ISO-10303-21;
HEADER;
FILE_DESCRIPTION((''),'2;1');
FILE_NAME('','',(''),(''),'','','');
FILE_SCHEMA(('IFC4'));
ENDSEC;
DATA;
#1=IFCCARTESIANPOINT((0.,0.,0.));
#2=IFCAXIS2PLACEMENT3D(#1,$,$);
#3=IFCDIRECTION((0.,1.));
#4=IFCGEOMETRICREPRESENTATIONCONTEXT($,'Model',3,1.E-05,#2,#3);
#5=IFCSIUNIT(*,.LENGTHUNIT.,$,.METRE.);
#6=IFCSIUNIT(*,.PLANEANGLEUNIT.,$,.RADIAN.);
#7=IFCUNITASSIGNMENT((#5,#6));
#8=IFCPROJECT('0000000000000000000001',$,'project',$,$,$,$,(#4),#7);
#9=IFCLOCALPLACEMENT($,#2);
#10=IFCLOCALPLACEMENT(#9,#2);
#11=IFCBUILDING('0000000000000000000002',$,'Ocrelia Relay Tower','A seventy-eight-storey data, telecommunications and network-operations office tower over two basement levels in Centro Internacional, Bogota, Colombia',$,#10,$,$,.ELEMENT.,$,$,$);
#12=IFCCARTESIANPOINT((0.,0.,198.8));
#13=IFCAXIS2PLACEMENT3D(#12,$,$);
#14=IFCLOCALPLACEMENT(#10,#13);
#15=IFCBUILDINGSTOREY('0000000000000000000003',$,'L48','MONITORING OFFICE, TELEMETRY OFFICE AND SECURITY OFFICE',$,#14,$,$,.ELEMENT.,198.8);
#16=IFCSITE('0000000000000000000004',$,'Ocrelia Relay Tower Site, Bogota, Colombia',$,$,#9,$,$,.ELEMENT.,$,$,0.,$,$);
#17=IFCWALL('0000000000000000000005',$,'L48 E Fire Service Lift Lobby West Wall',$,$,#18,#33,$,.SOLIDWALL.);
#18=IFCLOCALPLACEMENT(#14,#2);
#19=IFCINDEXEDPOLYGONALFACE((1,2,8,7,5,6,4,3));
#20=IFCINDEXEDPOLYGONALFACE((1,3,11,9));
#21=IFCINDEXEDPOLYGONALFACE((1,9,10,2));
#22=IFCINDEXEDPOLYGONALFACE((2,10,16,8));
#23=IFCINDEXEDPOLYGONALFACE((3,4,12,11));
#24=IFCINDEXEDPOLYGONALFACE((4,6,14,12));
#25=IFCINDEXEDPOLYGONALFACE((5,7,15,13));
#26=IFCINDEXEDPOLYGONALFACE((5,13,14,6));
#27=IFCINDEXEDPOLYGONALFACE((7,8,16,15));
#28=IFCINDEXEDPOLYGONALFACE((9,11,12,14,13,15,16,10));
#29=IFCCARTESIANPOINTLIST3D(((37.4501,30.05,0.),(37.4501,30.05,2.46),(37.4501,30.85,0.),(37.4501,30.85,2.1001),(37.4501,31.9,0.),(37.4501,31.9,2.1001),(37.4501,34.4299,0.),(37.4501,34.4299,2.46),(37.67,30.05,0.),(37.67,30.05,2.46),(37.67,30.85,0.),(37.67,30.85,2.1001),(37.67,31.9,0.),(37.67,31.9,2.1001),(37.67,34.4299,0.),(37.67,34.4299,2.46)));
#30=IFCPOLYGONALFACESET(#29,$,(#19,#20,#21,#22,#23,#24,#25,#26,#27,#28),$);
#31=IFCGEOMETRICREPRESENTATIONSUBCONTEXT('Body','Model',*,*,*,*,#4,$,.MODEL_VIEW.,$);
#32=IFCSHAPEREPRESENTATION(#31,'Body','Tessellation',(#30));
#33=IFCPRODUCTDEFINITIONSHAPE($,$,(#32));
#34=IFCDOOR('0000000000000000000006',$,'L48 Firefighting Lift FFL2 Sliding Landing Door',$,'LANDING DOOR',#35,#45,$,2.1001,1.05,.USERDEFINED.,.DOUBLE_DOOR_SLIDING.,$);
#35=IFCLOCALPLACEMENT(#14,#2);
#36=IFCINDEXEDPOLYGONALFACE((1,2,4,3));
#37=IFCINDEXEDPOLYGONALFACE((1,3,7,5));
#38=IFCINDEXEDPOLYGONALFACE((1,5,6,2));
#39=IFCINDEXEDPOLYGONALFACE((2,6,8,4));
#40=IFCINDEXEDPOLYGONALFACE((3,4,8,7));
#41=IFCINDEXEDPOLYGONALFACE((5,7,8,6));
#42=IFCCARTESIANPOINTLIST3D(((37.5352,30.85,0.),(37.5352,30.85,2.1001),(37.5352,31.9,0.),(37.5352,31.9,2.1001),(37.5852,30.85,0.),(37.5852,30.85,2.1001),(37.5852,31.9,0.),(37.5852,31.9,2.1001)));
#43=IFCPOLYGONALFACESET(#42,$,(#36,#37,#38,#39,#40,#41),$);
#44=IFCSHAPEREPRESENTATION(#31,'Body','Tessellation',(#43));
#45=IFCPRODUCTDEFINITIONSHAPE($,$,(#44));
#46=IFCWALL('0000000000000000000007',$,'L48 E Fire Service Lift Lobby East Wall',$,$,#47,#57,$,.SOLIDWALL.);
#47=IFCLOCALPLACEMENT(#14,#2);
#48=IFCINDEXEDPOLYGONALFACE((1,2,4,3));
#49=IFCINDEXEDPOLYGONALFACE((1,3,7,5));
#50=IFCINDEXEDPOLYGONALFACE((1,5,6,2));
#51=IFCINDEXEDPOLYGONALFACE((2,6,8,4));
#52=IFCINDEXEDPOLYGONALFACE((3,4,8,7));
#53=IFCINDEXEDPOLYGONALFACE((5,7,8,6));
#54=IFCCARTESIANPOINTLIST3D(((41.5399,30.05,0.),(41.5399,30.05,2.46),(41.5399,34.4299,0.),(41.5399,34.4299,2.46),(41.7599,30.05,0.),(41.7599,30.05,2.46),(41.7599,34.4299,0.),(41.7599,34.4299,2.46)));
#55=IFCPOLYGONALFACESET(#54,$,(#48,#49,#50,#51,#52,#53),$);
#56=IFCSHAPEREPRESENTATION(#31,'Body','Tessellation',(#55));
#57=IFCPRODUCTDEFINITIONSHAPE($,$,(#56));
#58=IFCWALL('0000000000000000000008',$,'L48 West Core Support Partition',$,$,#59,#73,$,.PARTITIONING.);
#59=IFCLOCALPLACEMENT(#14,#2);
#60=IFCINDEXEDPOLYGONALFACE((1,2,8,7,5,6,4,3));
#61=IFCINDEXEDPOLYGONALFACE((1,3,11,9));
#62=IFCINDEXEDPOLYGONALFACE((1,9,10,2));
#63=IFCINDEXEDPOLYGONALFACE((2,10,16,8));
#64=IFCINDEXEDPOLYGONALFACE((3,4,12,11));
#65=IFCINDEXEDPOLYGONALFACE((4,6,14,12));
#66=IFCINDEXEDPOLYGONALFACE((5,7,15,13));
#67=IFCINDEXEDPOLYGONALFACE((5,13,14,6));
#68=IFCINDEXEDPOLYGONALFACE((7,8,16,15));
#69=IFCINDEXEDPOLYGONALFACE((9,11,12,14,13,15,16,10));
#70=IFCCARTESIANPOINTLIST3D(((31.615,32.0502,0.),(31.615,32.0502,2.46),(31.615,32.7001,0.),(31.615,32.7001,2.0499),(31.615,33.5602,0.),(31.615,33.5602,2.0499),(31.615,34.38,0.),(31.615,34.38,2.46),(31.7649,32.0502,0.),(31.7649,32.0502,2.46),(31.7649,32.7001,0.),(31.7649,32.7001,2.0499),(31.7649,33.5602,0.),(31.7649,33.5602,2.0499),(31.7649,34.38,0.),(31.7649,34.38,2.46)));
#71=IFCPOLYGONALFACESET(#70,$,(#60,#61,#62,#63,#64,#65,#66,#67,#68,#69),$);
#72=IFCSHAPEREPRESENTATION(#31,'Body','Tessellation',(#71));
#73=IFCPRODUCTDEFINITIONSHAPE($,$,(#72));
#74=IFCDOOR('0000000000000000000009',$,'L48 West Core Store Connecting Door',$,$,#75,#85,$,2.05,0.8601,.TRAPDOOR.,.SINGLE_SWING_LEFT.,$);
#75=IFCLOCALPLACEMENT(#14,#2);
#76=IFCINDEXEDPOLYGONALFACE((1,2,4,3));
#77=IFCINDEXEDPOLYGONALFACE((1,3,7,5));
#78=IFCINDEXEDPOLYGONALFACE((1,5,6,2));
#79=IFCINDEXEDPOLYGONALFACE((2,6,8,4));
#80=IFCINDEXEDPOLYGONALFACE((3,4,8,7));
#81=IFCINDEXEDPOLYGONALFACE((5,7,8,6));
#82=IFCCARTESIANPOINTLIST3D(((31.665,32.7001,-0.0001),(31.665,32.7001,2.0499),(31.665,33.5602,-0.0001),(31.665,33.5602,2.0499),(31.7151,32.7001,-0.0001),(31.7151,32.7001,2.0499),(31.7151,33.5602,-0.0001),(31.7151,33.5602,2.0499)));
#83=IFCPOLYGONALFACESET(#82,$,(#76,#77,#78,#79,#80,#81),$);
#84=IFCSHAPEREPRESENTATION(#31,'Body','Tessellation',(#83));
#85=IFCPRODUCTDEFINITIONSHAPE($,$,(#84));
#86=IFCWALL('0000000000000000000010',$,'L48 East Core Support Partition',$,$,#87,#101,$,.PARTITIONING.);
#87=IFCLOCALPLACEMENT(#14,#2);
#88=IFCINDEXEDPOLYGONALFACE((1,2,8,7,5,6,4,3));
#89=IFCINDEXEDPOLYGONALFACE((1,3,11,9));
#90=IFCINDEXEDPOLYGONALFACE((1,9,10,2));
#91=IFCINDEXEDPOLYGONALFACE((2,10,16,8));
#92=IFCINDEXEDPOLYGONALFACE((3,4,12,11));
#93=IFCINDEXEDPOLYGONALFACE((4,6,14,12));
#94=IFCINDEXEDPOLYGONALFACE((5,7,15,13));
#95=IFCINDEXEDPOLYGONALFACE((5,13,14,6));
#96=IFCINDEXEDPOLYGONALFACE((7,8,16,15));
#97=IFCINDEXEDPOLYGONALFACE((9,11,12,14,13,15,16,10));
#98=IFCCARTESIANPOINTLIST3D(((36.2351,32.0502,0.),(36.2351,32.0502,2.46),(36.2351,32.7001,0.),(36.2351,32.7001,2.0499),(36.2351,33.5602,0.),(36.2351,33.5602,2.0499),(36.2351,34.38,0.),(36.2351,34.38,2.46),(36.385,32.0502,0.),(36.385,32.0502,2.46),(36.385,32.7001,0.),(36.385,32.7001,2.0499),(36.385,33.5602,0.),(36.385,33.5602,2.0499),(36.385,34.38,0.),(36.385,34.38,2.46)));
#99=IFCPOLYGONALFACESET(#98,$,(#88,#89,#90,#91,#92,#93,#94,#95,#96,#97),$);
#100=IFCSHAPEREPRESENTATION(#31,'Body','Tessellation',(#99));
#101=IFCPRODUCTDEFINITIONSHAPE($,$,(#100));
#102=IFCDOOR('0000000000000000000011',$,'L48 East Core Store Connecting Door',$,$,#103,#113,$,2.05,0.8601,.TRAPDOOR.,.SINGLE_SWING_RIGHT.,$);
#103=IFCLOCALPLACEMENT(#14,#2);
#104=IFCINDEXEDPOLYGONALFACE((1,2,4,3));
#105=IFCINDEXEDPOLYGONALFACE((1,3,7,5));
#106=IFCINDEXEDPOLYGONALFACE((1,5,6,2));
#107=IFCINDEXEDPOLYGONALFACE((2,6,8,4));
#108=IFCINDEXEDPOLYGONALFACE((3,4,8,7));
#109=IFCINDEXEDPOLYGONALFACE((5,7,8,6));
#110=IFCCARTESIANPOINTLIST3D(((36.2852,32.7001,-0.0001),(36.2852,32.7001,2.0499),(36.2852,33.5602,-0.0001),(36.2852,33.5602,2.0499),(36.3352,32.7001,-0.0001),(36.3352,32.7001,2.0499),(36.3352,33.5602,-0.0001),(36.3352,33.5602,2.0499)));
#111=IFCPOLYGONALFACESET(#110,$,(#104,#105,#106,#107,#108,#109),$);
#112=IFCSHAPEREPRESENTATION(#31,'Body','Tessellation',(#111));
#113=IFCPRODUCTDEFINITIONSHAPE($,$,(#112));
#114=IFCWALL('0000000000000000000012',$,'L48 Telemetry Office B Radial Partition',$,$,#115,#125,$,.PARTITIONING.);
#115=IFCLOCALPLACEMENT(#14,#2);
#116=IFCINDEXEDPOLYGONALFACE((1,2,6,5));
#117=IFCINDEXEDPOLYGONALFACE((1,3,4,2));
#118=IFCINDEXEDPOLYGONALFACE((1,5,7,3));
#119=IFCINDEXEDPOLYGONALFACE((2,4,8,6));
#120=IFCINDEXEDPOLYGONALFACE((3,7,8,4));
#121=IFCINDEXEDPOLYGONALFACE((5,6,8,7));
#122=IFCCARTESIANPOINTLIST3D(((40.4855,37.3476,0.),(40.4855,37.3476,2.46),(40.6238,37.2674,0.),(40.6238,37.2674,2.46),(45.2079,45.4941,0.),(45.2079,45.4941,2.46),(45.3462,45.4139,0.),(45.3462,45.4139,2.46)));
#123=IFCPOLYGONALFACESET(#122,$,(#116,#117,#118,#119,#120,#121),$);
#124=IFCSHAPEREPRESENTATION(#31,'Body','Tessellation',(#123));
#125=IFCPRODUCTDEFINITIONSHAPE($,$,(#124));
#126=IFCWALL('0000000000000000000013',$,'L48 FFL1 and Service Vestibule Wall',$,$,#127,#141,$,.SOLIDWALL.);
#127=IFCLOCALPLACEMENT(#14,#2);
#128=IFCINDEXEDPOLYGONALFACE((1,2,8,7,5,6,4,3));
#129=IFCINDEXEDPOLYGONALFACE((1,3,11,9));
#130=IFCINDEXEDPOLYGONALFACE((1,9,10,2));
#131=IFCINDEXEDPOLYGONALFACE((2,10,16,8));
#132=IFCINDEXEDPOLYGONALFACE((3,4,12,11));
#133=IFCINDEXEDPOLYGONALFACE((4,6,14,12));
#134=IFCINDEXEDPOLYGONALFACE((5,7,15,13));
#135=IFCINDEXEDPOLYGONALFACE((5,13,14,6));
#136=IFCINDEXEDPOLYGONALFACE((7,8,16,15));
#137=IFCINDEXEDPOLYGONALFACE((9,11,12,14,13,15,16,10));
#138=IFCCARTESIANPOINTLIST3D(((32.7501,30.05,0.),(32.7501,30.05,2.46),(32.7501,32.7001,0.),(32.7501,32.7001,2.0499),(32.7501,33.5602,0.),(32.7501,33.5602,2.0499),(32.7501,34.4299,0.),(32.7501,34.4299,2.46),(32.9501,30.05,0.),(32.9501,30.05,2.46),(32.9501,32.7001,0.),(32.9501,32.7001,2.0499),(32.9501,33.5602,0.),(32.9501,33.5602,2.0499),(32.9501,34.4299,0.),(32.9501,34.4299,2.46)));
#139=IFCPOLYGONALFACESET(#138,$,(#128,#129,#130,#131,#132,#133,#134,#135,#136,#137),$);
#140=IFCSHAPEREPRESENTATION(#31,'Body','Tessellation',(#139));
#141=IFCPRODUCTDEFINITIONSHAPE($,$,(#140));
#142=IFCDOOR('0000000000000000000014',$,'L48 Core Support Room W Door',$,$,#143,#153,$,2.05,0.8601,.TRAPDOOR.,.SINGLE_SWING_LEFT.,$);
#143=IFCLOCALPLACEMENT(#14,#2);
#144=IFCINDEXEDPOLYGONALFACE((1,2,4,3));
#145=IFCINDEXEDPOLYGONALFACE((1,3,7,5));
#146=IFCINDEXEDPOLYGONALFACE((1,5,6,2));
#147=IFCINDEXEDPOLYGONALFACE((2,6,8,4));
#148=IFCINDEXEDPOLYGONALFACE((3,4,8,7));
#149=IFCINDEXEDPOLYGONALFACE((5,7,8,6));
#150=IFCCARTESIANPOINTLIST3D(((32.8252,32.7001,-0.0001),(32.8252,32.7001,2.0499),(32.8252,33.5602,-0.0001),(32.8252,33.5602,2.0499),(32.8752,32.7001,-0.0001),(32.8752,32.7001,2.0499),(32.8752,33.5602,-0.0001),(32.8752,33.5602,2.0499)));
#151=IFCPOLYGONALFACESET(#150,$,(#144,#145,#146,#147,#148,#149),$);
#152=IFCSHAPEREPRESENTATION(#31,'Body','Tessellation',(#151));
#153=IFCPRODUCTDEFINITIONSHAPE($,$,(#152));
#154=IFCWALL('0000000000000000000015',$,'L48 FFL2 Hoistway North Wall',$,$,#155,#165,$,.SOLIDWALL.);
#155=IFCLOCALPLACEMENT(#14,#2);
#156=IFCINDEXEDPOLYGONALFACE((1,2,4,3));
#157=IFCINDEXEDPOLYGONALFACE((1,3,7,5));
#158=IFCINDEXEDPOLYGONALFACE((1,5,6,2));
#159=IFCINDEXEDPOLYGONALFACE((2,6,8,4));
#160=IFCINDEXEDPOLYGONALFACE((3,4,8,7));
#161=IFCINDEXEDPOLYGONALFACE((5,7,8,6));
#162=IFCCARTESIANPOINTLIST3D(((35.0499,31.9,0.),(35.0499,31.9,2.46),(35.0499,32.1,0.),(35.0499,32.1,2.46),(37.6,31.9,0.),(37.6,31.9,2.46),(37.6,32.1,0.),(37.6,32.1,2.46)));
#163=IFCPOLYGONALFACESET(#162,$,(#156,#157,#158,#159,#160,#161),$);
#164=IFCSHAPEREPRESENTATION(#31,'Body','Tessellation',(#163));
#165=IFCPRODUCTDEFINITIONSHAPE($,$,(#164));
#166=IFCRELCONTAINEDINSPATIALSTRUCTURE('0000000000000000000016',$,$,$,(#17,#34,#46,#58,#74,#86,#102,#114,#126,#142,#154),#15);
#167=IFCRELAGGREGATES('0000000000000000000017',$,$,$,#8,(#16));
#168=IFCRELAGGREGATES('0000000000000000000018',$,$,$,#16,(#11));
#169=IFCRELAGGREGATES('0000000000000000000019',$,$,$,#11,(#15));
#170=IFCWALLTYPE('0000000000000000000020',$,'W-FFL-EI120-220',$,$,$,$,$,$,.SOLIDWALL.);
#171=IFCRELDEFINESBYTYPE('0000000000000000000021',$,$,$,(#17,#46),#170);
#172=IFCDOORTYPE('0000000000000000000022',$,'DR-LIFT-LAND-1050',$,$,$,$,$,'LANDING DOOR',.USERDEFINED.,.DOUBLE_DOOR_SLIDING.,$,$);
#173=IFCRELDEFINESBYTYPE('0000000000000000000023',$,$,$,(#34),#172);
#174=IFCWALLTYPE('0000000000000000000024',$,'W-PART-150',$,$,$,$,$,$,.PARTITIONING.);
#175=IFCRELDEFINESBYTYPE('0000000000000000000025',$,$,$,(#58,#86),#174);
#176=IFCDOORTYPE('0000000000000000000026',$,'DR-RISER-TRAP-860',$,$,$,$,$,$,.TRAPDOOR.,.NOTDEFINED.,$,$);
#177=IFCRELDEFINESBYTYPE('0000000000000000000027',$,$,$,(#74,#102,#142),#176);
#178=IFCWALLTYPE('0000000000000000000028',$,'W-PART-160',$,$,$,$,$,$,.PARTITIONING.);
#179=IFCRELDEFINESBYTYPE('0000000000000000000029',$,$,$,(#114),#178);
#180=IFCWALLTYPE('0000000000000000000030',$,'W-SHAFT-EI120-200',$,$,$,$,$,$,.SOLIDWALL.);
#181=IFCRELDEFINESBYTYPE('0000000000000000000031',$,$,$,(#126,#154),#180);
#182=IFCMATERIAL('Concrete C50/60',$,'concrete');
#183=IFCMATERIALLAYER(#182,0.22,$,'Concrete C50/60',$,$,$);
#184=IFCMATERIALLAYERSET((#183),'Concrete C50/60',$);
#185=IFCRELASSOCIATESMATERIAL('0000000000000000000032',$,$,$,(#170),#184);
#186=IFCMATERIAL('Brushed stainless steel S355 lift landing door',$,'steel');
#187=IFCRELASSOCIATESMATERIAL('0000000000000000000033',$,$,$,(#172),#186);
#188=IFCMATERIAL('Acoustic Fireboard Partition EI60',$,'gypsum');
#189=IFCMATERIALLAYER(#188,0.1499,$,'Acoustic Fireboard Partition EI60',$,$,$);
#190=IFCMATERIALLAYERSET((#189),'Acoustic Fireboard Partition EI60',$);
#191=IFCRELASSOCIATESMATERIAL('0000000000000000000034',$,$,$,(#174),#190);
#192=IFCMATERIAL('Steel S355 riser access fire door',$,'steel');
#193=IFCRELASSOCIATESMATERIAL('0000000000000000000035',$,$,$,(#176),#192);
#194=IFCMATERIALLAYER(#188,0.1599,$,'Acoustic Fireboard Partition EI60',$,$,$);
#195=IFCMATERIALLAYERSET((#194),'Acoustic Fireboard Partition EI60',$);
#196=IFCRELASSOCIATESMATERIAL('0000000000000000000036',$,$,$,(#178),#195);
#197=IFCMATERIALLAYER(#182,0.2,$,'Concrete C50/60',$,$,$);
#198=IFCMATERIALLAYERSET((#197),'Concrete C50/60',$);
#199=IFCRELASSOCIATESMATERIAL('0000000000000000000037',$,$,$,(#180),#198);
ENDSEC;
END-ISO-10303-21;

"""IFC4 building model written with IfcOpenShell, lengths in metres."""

from ifc_helpers import new_model, si_unit, direction, frame, frame_2d, origin, place, context, subcontext, project, spatial, rectangle, extrude, material, layer, layer_set, type_object, element, fill, save


model = new_model("IFC4")

# Units and contexts
model_context = context("Model", 3, precision=1e-05, world=origin(), true_north=direction((0.0, 1.0)))
body_context = subcontext(model_context, "Body", "Model", "MODEL_VIEW")
ifc_project = project(units=[si_unit("LENGTHUNIT", "METRE"), si_unit("PLANEANGLEUNIT", "RADIAN")], contexts=[model_context])

# Site, building, storey
site_placement = place(None, origin())
site = spatial("IfcSite", under=ifc_project, at=site_placement, Name="Ocrelia Relay Tower Site, Bogota, Colombia", CompositionType="ELEMENT", RefElevation=0.0)
building_placement = place(site_placement, origin())
building = spatial("IfcBuilding", under=site, at=building_placement, Name="Ocrelia Relay Tower", Description="A seventy-eight-storey data, telecommunications and network-operations office tower over two basement levels in Centro Internacional, Bogota, Colombia", CompositionType="ELEMENT")
storey_placement = place(building_placement, frame((0.0, 0.0, 198.8)))
storey = spatial("IfcBuildingStorey", under=building, at=storey_placement, Name="L48", Description="MONITORING OFFICE, TELEMETRY OFFICE AND SECURITY OFFICE", CompositionType="ELEMENT", Elevation=198.8)

# Wall, opening, door
ifc_material_1 = material(Name="Concrete C50/60", Category="concrete")
ifc_layer_1 = layer(ifc_material_1, 0.22, Name="Concrete C50/60")
ifc_layer_set_1 = layer_set([ifc_layer_1], Name="Concrete C50/60")
wall_type_1 = type_object("IfcWallType", Name="W-FFL-EI120-220", PredefinedType="SOLIDWALL", material=ifc_layer_set_1)
wall_1_placement = place(storey_placement, frame((37.5601, 30.05, 0.0), z_axis=(0.0, 0.0, 1.0), x_axis=(0.0, 1.0, 0.0)))
wall_1 = element("IfcWall", 1, at=wall_1_placement, inside=storey, type_object=wall_type_1, Name="L48 E Fire Service Lift Lobby West Wall", PredefinedType="SOLIDWALL", context=body_context, shape_type="SweptSolid", body=[
    extrude(rectangle(XDim=4.3799, YDim=0.22, at=frame_2d((2.1899, 0.0))), origin(), (0.0, 0.0, 1.0), 2.46),
])
opening_1_placement = place(wall_1_placement, frame((0.8, 0.0, 0.0)))
opening_1 = element("IfcOpeningElement", 2, at=opening_1_placement, cuts=wall_1, PredefinedType="OPENING", context=body_context, shape_type="SweptSolid", body=[
    extrude(rectangle(XDim=1.05, YDim=2.1001, at=frame_2d((0.5249, 1.05))), frame((0.0, 0.1201, 0.0), z_axis=(0.0, -1.0, 0.0), x_axis=(1.0, 0.0, 0.0)), (0.0, 0.0, 1.0), 0.24),
])
ifc_material_2 = material(Name="Brushed stainless steel S355 lift landing door", Category="steel")
door_type_1 = type_object("IfcDoorType", Name="DR-LIFT-LAND-1050", ElementType="LANDING DOOR", OperationType="DOUBLE_DOOR_SLIDING", PredefinedType="USERDEFINED", material=ifc_material_2)
door_1_placement = place(opening_1_placement, origin())
door_1 = element("IfcDoor", 3, at=door_1_placement, inside=storey, type_object=door_type_1, Name="L48 Firefighting Lift FFL2 Sliding Landing Door", ObjectType="LANDING DOOR", OperationType="DOUBLE_DOOR_SLIDING", OverallHeight=2.1001, OverallWidth=1.05, PredefinedType="USERDEFINED", context=body_context, shape_type="SweptSolid", body=[
    extrude(rectangle(XDim=1.05, YDim=2.1001, at=frame_2d((0.5249, 1.05))), frame((0.0, 0.0249, 0.0), z_axis=(0.0, -1.0, 0.0), x_axis=(1.0, 0.0, 0.0)), (0.0, 0.0, 1.0), 0.05),
])
fill(opening_1, door_1)

# Wall
wall_2_placement = place(storey_placement, frame((41.6499, 30.05, 0.0), z_axis=(0.0, 0.0, 1.0), x_axis=(0.0, 1.0, 0.0)))
element("IfcWall", 4, at=wall_2_placement, inside=storey, type_object=wall_type_1, Name="L48 E Fire Service Lift Lobby East Wall", PredefinedType="SOLIDWALL", context=body_context, shape_type="SweptSolid", body=[
    extrude(rectangle(XDim=4.3799, YDim=0.22, at=frame_2d((2.1899, 0.0))), origin(), (0.0, 0.0, 1.0), 2.46),
])

# Walls, openings, doors
ifc_material_3 = material(Name="Acoustic Fireboard Partition EI60", Category="gypsum")
ifc_layer_2 = layer(ifc_material_3, 0.1499, Name="Acoustic Fireboard Partition EI60")
ifc_layer_set_2 = layer_set([ifc_layer_2], Name="Acoustic Fireboard Partition EI60")
wall_type_2 = type_object("IfcWallType", Name="W-PART-150", PredefinedType="PARTITIONING", material=ifc_layer_set_2)
wall_3_placement = place(storey_placement, frame((31.6899, 32.05, 0.0), z_axis=(0.0, 0.0, 1.0), x_axis=(0.0, 1.0, 0.0)))
wall_3 = element("IfcWall", 5, at=wall_3_placement, inside=storey, type_object=wall_type_2, Name="L48 West Core Support Partition", PredefinedType="PARTITIONING", context=body_context, shape_type="SweptSolid", body=[
    extrude(rectangle(XDim=2.3298, YDim=0.1499, at=frame_2d((1.165, 0.0))), origin(), (0.0, 0.0, 1.0), 2.46),
])
opening_2_placement = place(wall_3_placement, frame((0.6499, 0.0, 0.0)))
opening_2 = element("IfcOpeningElement", 6, at=opening_2_placement, cuts=wall_3, PredefinedType="OPENING", context=body_context, shape_type="SweptSolid", body=[
    extrude(rectangle(XDim=0.8601, YDim=2.05, at=frame_2d((0.4302, 1.0249))), frame((0.0, 0.085, 0.0), z_axis=(0.0, -1.0, 0.0), x_axis=(1.0, 0.0, 0.0)), (0.0, 0.0, 1.0), 0.1699),
])
ifc_material_4 = material(Name="Steel S355 riser access fire door", Category="steel")
door_type_2 = type_object("IfcDoorType", Name="DR-RISER-TRAP-860", OperationType="NOTDEFINED", PredefinedType="TRAPDOOR", material=ifc_material_4)
door_2_placement = place(opening_2_placement, origin())
door_2 = element("IfcDoor", 7, at=door_2_placement, inside=storey, type_object=door_type_2, Name="L48 West Core Store Connecting Door", OperationType="SINGLE_SWING_LEFT", OverallHeight=2.05, OverallWidth=0.8601, PredefinedType="TRAPDOOR", context=body_context, shape_type="SweptSolid", body=[
    extrude(rectangle(XDim=0.8601, YDim=2.05, at=frame_2d((0.4302, 1.0249))), frame((0.0, 0.0249, 0.0), z_axis=(0.0, -1.0, 0.0), x_axis=(1.0, 0.0, 0.0)), (0.0, 0.0, 1.0), 0.05),
])
fill(opening_2, door_2)
wall_4_placement = place(storey_placement, frame((36.3101, 32.05, 0.0), z_axis=(0.0, 0.0, 1.0), x_axis=(0.0, 1.0, 0.0)))
wall_4 = element("IfcWall", 8, at=wall_4_placement, inside=storey, type_object=wall_type_2, Name="L48 East Core Support Partition", PredefinedType="PARTITIONING", context=body_context, shape_type="SweptSolid", body=[
    extrude(rectangle(XDim=2.3298, YDim=0.1499, at=frame_2d((1.165, 0.0))), origin(), (0.0, 0.0, 1.0), 2.46),
])
opening_3_placement = place(wall_4_placement, frame((0.6499, 0.0, 0.0)))
opening_3 = element("IfcOpeningElement", 9, at=opening_3_placement, cuts=wall_4, PredefinedType="OPENING", context=body_context, shape_type="SweptSolid", body=[
    extrude(rectangle(XDim=0.8601, YDim=2.05, at=frame_2d((0.4302, 1.0249))), frame((0.0, 0.085, 0.0), z_axis=(0.0, -1.0, 0.0), x_axis=(1.0, 0.0, 0.0)), (0.0, 0.0, 1.0), 0.1699),
])
door_3_placement = place(opening_3_placement, origin())
door_3 = element("IfcDoor", 10, at=door_3_placement, inside=storey, type_object=door_type_2, Name="L48 East Core Store Connecting Door", OperationType="SINGLE_SWING_RIGHT", OverallHeight=2.05, OverallWidth=0.8601, PredefinedType="TRAPDOOR", context=body_context, shape_type="SweptSolid", body=[
    extrude(rectangle(XDim=0.8601, YDim=2.05, at=frame_2d((0.4302, 1.0249))), frame((0.0, 0.0249, 0.0), z_axis=(0.0, -1.0, 0.0), x_axis=(1.0, 0.0, 0.0)), (0.0, 0.0, 1.0), 0.05),
])
fill(opening_3, door_3)

# Wall
ifc_layer_3 = layer(ifc_material_3, 0.1599, Name="Acoustic Fireboard Partition EI60")
ifc_layer_set_3 = layer_set([ifc_layer_3], Name="Acoustic Fireboard Partition EI60")
wall_type_3 = type_object("IfcWallType", Name="W-PART-160", PredefinedType="PARTITIONING", material=ifc_layer_set_3)
wall_5_placement = place(storey_placement, frame((40.5547, 37.3076, 0.0), z_axis=(0.0, 0.0, 1.0), x_axis=(0.501516, 0.865149, 0.0)))
element("IfcWall", 11, at=wall_5_placement, inside=storey, type_object=wall_type_3, Name="L48 Telemetry Office B Radial Partition", PredefinedType="PARTITIONING", context=body_context, shape_type="SweptSolid", body=[
    extrude(rectangle(XDim=9.4163, YDim=0.1599, at=frame_2d((4.708, 0.0))), origin(), (0.0, 0.0, 1.0), 2.46),
])

# Wall, opening, door
ifc_layer_4 = layer(ifc_material_1, 0.2, Name="Concrete C50/60")
ifc_layer_set_4 = layer_set([ifc_layer_4], Name="Concrete C50/60")
wall_type_4 = type_object("IfcWallType", Name="W-SHAFT-EI120-200", PredefinedType="SOLIDWALL", material=ifc_layer_set_4)
wall_6_placement = place(storey_placement, frame((32.8501, 30.05, 0.0), z_axis=(0.0, 0.0, 1.0), x_axis=(0.0, 1.0, 0.0)))
wall_6 = element("IfcWall", 12, at=wall_6_placement, inside=storey, type_object=wall_type_4, Name="L48 FFL1 and Service Vestibule Wall", PredefinedType="SOLIDWALL", context=body_context, shape_type="SweptSolid", body=[
    extrude(rectangle(XDim=4.3799, YDim=0.2, at=frame_2d((2.1899, 0.0))), origin(), (0.0, 0.0, 1.0), 2.46),
])
opening_4_placement = place(wall_6_placement, frame((2.6499, 0.0, 0.0)))
opening_4 = element("IfcOpeningElement", 13, at=opening_4_placement, cuts=wall_6, PredefinedType="OPENING", context=body_context, shape_type="SweptSolid", body=[
    extrude(rectangle(XDim=0.8601, YDim=2.05, at=frame_2d((0.4302, 1.0249))), frame((0.0, 0.1099, 0.0), z_axis=(0.0, -1.0, 0.0), x_axis=(1.0, 0.0, 0.0)), (0.0, 0.0, 1.0), 0.22),
])
door_4_placement = place(opening_4_placement, origin())
door_4 = element("IfcDoor", 14, at=door_4_placement, inside=storey, type_object=door_type_2, Name="L48 Core Support Room W Door", OperationType="SINGLE_SWING_LEFT", OverallHeight=2.05, OverallWidth=0.8601, PredefinedType="TRAPDOOR", context=body_context, shape_type="SweptSolid", body=[
    extrude(rectangle(XDim=0.8601, YDim=2.05, at=frame_2d((0.4302, 1.0249))), frame((0.0, 0.0249, 0.0), z_axis=(0.0, -1.0, 0.0), x_axis=(1.0, 0.0, 0.0)), (0.0, 0.0, 1.0), 0.05),
])
fill(opening_4, door_4)

# Wall
wall_7_placement = place(storey_placement, frame((35.05, 32.0, 0.0), z_axis=(0.0, 0.0, 1.0), x_axis=(1.0, 0.0, 0.0)))
element("IfcWall", 15, at=wall_7_placement, inside=storey, type_object=wall_type_4, Name="L48 FFL2 Hoistway North Wall", PredefinedType="SOLIDWALL", context=body_context, shape_type="SweptSolid", body=[
    extrude(rectangle(XDim=2.55, YDim=0.2, at=frame_2d((1.2749, 0.0))), origin(), (0.0, 0.0, 1.0), 2.46),
])

save(model, "model.ifc")
